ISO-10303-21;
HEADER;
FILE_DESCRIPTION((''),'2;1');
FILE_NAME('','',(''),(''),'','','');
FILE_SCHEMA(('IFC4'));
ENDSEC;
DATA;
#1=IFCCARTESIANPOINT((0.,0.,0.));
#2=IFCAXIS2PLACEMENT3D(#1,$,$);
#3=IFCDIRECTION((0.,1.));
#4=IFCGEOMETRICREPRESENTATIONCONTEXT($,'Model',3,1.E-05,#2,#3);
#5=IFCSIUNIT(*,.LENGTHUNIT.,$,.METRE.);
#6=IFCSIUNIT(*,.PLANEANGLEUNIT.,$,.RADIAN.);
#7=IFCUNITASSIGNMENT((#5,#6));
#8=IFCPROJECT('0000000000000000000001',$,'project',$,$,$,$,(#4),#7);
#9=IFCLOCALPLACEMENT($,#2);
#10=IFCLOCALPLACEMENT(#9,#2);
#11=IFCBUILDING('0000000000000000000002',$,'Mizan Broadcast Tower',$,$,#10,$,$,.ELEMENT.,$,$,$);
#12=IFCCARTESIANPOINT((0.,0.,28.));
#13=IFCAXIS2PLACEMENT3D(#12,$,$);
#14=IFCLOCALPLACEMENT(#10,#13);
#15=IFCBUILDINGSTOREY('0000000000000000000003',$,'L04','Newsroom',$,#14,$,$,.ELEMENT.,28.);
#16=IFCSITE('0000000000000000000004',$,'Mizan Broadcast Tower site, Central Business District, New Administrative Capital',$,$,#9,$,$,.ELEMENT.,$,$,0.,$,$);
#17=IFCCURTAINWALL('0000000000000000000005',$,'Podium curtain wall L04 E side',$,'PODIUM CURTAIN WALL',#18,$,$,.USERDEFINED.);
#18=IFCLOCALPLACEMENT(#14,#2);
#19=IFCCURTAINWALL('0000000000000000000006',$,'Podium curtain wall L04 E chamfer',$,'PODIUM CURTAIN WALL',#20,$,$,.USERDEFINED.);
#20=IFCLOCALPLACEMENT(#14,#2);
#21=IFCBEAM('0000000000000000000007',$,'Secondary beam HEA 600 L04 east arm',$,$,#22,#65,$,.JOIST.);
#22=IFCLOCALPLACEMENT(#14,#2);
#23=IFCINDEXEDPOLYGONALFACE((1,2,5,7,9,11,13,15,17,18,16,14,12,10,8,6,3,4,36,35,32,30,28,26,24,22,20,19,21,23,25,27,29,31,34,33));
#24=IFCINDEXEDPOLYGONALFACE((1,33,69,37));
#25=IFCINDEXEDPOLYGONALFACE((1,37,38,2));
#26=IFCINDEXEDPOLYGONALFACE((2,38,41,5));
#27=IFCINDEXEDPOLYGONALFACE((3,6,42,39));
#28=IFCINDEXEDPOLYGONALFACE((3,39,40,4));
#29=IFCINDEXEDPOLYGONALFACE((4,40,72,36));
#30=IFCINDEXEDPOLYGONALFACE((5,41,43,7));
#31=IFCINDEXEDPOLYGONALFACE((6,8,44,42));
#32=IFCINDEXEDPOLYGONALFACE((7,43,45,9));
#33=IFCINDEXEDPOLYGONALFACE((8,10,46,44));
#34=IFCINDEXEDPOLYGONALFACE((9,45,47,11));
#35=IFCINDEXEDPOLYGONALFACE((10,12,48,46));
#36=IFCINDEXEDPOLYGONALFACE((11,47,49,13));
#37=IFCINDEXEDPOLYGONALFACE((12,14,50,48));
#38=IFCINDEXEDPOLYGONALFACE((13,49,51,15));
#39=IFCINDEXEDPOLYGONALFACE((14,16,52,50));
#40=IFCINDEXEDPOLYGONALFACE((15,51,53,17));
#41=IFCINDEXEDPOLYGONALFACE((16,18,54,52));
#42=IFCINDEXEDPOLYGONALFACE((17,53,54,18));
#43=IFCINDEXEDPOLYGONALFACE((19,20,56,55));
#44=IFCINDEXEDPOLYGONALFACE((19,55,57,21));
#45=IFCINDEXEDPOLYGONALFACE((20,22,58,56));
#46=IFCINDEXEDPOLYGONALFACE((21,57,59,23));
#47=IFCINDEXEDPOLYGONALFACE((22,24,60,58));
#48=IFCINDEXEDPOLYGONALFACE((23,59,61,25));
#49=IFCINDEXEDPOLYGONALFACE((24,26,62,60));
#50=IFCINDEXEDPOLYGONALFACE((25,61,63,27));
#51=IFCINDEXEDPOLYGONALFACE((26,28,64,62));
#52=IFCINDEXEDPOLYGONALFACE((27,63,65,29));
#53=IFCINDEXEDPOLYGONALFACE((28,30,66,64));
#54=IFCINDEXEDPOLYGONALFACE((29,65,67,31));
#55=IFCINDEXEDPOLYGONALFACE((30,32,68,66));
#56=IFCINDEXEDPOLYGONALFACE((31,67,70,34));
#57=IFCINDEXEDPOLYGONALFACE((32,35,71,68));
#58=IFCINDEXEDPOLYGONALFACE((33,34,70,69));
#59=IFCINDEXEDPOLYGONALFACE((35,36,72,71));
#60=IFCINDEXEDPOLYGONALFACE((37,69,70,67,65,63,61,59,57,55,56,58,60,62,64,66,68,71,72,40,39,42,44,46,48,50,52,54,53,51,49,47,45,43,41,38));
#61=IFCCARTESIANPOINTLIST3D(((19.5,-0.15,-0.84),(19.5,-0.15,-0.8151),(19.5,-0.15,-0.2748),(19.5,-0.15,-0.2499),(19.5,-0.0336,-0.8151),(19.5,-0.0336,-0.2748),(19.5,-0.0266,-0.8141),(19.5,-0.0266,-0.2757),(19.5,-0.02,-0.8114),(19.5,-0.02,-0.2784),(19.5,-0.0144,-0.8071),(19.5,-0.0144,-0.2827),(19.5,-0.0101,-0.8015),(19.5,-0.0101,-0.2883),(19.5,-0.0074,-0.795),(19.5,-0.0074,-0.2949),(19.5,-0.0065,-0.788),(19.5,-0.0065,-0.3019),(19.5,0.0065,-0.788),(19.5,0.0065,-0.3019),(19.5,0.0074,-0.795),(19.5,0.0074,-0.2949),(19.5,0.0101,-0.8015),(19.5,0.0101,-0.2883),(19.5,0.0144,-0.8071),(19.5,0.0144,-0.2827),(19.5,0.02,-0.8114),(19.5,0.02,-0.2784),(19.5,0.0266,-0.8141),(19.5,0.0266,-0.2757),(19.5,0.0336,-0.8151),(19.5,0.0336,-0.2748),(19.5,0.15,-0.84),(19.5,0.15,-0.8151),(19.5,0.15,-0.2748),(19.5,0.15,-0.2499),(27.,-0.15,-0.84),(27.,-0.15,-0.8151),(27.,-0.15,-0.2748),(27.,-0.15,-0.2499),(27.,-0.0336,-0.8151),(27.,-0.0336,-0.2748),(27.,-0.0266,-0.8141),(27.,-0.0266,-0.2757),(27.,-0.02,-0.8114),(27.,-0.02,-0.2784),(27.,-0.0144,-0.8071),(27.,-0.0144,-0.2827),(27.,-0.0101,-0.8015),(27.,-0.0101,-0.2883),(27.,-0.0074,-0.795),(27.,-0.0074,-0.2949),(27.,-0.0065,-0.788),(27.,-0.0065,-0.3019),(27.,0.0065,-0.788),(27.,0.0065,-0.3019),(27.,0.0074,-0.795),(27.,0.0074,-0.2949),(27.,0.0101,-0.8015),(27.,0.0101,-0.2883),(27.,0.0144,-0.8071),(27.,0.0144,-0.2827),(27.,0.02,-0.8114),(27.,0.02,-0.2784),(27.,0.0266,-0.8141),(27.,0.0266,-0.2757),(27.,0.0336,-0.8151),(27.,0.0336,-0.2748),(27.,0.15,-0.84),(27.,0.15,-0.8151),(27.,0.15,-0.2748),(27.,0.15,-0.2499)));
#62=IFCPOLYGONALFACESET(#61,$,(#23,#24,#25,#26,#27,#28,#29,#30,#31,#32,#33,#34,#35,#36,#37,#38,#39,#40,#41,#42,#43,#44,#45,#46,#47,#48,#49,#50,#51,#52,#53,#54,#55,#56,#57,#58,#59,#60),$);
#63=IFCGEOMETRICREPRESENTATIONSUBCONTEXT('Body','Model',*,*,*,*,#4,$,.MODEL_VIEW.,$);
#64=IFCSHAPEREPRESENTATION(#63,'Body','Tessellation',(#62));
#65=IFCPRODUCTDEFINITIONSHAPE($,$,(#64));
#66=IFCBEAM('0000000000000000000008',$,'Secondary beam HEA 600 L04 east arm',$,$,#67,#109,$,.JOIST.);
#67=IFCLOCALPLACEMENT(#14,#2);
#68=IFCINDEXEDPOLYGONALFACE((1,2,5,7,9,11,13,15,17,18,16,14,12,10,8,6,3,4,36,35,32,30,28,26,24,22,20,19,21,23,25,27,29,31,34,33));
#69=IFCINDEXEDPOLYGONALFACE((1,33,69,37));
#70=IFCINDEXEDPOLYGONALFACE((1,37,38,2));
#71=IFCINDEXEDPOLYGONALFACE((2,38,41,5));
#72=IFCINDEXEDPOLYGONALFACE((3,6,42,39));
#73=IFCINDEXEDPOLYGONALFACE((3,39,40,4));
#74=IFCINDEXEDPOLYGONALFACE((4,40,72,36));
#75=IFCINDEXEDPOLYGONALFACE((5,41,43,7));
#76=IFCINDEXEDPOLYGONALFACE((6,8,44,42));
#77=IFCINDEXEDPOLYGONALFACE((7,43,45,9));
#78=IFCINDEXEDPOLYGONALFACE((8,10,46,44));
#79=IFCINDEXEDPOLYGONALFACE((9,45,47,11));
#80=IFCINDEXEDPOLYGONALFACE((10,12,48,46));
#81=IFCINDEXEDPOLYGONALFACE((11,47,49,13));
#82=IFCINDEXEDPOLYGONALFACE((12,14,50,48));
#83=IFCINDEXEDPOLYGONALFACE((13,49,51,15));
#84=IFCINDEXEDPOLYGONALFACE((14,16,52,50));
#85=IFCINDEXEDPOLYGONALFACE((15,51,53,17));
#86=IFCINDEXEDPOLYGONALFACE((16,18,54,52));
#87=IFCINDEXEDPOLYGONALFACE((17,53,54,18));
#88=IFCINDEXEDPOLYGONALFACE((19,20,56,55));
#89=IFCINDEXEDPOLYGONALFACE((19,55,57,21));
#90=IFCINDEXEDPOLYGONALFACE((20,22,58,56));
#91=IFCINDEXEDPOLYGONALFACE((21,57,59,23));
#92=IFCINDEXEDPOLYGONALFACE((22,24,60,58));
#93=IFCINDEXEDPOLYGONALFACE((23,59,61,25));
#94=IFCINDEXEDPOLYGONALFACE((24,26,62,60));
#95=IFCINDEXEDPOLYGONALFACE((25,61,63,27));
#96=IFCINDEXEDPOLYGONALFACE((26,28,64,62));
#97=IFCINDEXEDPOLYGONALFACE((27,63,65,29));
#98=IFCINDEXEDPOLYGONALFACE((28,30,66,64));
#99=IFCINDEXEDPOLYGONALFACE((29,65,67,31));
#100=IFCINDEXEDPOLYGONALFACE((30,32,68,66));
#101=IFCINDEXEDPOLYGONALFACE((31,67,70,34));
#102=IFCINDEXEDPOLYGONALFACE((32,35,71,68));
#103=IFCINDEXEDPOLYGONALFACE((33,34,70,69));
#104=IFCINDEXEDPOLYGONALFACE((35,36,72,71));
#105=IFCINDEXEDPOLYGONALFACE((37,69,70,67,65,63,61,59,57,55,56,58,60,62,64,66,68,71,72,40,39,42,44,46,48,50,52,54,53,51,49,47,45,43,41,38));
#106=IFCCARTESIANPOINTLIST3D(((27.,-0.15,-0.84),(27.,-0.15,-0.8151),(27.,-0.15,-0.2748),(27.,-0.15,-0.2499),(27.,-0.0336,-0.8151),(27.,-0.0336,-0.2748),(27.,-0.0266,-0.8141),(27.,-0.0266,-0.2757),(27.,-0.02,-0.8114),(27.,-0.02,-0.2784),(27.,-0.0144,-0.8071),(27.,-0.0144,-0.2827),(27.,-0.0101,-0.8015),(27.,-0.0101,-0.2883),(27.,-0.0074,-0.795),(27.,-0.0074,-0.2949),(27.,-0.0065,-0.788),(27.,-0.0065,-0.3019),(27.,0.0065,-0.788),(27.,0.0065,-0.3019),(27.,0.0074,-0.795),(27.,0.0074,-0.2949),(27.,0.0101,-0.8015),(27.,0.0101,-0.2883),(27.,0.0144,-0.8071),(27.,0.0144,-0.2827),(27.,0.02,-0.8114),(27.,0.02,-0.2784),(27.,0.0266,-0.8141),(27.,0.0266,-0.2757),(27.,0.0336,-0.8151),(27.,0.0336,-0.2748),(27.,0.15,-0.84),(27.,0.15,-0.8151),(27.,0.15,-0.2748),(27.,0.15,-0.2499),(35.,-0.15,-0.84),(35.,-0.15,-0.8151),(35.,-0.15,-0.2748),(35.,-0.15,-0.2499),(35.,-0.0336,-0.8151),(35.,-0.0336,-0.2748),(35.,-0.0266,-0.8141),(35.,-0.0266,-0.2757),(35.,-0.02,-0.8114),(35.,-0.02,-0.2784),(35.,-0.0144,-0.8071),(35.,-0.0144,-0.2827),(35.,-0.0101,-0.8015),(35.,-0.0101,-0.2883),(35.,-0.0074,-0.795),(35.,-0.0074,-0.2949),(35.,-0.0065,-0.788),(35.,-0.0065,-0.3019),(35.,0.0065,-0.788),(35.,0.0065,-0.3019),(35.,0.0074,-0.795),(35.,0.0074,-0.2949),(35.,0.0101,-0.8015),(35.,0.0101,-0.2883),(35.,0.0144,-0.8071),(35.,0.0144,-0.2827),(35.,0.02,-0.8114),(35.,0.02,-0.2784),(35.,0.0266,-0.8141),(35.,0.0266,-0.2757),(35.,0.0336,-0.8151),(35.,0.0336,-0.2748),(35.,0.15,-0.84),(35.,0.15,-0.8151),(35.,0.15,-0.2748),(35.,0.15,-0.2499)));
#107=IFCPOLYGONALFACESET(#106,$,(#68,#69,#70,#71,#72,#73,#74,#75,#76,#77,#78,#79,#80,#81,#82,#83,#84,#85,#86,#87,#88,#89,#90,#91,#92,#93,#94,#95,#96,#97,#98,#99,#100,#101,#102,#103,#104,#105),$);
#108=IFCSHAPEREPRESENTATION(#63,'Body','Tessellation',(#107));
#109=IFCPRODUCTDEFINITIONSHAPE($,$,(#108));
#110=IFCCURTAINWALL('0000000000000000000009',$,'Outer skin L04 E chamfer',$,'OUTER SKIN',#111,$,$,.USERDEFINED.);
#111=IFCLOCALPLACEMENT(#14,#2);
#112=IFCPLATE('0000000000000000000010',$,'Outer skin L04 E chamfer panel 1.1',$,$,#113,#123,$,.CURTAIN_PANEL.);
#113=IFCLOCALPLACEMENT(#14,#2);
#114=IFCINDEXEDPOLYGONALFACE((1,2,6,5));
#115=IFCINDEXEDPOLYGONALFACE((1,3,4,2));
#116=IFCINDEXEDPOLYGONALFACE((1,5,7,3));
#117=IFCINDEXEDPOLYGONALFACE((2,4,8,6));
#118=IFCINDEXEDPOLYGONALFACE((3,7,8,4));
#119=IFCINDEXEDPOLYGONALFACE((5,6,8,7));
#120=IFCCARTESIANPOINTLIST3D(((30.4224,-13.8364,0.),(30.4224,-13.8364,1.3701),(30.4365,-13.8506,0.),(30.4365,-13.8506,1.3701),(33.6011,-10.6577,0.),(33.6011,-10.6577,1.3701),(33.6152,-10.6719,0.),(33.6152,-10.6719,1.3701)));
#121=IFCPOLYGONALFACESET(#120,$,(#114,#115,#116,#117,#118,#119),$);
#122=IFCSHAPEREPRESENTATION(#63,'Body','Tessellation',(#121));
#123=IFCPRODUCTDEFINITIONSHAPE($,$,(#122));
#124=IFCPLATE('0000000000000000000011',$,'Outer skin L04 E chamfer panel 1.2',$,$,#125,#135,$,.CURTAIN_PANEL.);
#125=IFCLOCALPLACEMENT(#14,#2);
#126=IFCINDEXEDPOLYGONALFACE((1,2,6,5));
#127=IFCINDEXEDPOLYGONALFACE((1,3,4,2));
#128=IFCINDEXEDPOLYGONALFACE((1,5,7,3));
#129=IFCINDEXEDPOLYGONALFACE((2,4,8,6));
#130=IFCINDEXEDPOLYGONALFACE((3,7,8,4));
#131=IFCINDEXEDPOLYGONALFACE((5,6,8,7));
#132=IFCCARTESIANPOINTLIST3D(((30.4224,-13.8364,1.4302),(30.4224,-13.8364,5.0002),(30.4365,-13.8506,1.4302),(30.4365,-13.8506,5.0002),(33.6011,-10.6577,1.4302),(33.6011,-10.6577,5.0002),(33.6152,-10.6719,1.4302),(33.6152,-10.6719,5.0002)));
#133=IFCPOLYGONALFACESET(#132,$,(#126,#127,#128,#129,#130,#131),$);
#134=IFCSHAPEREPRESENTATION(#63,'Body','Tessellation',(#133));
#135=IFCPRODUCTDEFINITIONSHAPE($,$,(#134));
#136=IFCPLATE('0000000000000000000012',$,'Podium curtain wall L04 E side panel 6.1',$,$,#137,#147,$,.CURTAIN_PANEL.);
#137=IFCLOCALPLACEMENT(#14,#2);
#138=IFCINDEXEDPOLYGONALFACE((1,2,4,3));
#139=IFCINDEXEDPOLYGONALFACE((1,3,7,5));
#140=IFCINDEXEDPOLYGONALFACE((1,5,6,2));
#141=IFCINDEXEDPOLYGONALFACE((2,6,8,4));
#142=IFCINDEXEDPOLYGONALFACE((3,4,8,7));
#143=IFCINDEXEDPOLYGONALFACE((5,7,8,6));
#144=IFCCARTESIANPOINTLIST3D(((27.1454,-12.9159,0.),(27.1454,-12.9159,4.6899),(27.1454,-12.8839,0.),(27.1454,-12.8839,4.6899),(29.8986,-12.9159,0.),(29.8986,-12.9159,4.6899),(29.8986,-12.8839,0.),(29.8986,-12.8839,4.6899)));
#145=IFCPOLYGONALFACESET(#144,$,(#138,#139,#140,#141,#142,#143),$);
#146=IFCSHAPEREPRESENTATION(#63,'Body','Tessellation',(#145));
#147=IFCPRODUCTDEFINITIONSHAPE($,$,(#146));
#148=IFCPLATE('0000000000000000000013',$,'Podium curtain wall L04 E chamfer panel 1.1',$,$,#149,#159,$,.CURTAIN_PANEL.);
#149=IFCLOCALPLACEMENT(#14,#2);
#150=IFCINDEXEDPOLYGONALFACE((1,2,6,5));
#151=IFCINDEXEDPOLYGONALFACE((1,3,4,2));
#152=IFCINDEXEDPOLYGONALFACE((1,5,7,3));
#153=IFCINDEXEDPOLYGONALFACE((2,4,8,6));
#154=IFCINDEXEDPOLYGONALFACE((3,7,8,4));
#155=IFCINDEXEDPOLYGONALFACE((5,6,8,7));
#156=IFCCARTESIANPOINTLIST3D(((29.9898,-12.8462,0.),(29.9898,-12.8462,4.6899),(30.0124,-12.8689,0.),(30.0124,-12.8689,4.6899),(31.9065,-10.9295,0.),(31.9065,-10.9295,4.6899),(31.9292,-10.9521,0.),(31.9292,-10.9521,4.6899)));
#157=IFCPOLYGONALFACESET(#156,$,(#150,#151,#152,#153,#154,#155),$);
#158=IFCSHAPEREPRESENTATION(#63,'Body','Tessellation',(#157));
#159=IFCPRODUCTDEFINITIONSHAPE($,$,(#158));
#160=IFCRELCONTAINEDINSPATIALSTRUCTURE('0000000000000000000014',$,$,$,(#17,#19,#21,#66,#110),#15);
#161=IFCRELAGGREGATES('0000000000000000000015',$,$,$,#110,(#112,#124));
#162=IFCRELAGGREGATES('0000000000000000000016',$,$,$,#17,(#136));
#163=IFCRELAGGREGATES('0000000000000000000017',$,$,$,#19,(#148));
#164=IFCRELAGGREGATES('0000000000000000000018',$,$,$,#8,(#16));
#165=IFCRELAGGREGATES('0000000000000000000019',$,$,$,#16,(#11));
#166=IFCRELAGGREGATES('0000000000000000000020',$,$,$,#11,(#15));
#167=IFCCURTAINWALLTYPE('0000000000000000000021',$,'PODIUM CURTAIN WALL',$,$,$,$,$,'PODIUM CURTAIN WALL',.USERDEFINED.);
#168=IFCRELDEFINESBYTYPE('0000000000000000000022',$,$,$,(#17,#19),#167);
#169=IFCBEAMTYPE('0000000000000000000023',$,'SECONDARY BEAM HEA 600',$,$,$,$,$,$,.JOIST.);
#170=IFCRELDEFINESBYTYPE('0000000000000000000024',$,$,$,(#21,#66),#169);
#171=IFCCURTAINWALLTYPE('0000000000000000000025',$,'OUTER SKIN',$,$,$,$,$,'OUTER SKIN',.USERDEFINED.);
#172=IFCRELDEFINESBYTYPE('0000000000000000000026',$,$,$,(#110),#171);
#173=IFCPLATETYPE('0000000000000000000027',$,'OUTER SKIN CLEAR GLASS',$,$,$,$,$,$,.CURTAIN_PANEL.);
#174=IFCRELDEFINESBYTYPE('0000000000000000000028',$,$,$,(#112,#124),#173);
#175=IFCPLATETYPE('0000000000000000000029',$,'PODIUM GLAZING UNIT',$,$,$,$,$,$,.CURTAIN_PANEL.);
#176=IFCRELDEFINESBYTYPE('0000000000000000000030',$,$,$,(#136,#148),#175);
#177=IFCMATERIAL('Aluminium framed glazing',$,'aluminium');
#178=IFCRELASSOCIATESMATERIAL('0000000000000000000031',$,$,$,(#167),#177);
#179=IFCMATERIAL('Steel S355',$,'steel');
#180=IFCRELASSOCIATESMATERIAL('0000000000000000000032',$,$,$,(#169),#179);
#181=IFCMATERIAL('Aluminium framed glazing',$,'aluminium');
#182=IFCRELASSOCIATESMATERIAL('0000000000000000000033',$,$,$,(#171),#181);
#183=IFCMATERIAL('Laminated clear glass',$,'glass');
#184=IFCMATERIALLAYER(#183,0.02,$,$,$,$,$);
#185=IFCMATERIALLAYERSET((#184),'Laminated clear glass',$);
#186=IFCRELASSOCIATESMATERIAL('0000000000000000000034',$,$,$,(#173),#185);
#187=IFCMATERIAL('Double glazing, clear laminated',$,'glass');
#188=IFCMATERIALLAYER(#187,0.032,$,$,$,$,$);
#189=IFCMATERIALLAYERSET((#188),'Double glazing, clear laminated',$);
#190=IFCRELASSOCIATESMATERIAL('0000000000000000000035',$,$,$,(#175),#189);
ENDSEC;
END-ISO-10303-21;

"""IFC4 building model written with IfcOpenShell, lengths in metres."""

from ifc_helpers import new_model, si_unit, direction, frame, origin, origin_2d, place, context, subcontext, project, spatial, rectangle, i_section, extrude, material, layer, layer_set, material_profile, profile_set, type_object, element, aggregate, save


model = new_model("IFC4")

# Units and contexts
model_context = context("Model", 3, precision=1e-05, world=origin(), true_north=direction((0.0, 1.0)))
body_context = subcontext(model_context, "Body", "Model", "MODEL_VIEW")
ifc_project = project(units=[si_unit("LENGTHUNIT", "METRE"), si_unit("PLANEANGLEUNIT", "RADIAN")], contexts=[model_context])

# Site, building, storey
site_placement = place(None, origin())
site = spatial("IfcSite", under=ifc_project, at=site_placement, Name="Mizan Broadcast Tower site, Central Business District, New Administrative Capital", CompositionType="ELEMENT", RefElevation=0.0)
building_placement = place(site_placement, origin())
building = spatial("IfcBuilding", under=site, at=building_placement, Name="Mizan Broadcast Tower", CompositionType="ELEMENT")
storey_placement = place(building_placement, frame((0.0, 0.0, 28.0)))
storey = spatial("IfcBuildingStorey", under=building, at=storey_placement, Name="L04", Description="Newsroom", CompositionType="ELEMENT", Elevation=28.0)

# Curtain wall
ifc_material_1 = material(Name="Aluminium framed glazing", Category="aluminium")
curtain_wall_type_1 = type_object("IfcCurtainWallType", Name="PODIUM CURTAIN WALL", ElementType="PODIUM CURTAIN WALL", PredefinedType="USERDEFINED", material=ifc_material_1)
curtain_wall_1_placement = place(storey_placement, origin())
curtain_wall_1 = element("IfcCurtainWall", 1, at=curtain_wall_1_placement, inside=storey, type_object=curtain_wall_type_1, Name="Podium curtain wall L04 E side", ObjectType="PODIUM CURTAIN WALL", PredefinedType="USERDEFINED")

# Curtain wall
curtain_wall_2_placement = place(storey_placement, origin())
curtain_wall_2 = element("IfcCurtainWall", 2, at=curtain_wall_2_placement, inside=storey, type_object=curtain_wall_type_1, Name="Podium curtain wall L04 E chamfer", ObjectType="PODIUM CURTAIN WALL", PredefinedType="USERDEFINED")

# Beams
ifc_material_2 = material(Name="Steel S355", Category="steel")
ifc_material_profile_1 = material_profile(ifc_material_2, i_section(OverallWidth=0.3, OverallDepth=0.5901, WebThickness=0.0129, FlangeThickness=0.0249, FilletRadius=0.0271, at=origin_2d()), Name="HEA 600")
ifc_profile_set_1 = profile_set([ifc_material_profile_1], Name="Steel S355")
beam_type_1 = type_object("IfcBeamType", Name="SECONDARY BEAM HEA 600", PredefinedType="JOIST", material=ifc_profile_set_1)
beam_1_placement = place(storey_placement, frame((19.5, 0.0, -0.5449), z_axis=(1.0, 0.0, 0.0), x_axis=(0.0, 1.0, 0.0)))
element("IfcBeam", 3, at=beam_1_placement, inside=storey, type_object=beam_type_1, Name="Secondary beam HEA 600 L04 east arm", PredefinedType="JOIST", context=body_context, shape_type="SweptSolid", body=[
    extrude(i_section(OverallWidth=0.3, OverallDepth=0.5901, WebThickness=0.0129, FlangeThickness=0.0249, FilletRadius=0.0271, at=origin_2d()), origin(), (0.0, 0.0, 1.0), 7.5),
])
beam_2_placement = place(storey_placement, frame((27.0, 0.0, -0.5449), z_axis=(1.0, 0.0, 0.0), x_axis=(0.0, 1.0, 0.0)))
element("IfcBeam", 4, at=beam_2_placement, inside=storey, type_object=beam_type_1, Name="Secondary beam HEA 600 L04 east arm", PredefinedType="JOIST", context=body_context, shape_type="SweptSolid", body=[
    extrude(i_section(OverallWidth=0.3, OverallDepth=0.5901, WebThickness=0.0129, FlangeThickness=0.0249, FilletRadius=0.0271, at=origin_2d()), origin(), (0.0, 0.0, 1.0), 8.0),
])

# Curtain wall, plates
ifc_material_3 = material(Name="Aluminium framed glazing", Category="aluminium")
curtain_wall_type_2 = type_object("IfcCurtainWallType", Name="OUTER SKIN", ElementType="OUTER SKIN", PredefinedType="USERDEFINED", material=ifc_material_3)
curtain_wall_3_placement = place(storey_placement, origin())
curtain_wall_3 = element("IfcCurtainWall", 5, at=curtain_wall_3_placement, inside=storey, type_object=curtain_wall_type_2, Name="Outer skin L04 E chamfer", ObjectType="OUTER SKIN", PredefinedType="USERDEFINED")
ifc_material_4 = material(Name="Laminated clear glass", Category="glass")
ifc_layer_1 = layer(ifc_material_4, 0.02)
ifc_layer_set_1 = layer_set([ifc_layer_1], Name="Laminated clear glass")
plate_type_1 = type_object("IfcPlateType", Name="OUTER SKIN CLEAR GLASS", PredefinedType="CURTAIN_PANEL", material=ifc_layer_set_1)
plate_1_placement = place(storey_placement, frame((32.0188, -12.2542, 0.0), z_axis=(0.0, 0.0, 1.0), x_axis=(0.707107, 0.707107, 0.0)))
plate_1 = element("IfcPlate", 6, at=plate_1_placement, type_object=plate_type_1, Name="Outer skin L04 E chamfer panel 1.1", PredefinedType="CURTAIN_PANEL", context=body_context, shape_type="SweptSolid", body=[
    extrude(rectangle(XDim=4.4954, YDim=0.02, at=origin_2d()), origin(), (0.0, 0.0, 1.0), 1.3701),
])
plate_2_placement = place(storey_placement, frame((32.0188, -12.2542, 1.4302), z_axis=(0.0, 0.0, 1.0), x_axis=(0.707107, 0.707107, 0.0)))
plate_2 = element("IfcPlate", 7, at=plate_2_placement, type_object=plate_type_1, Name="Outer skin L04 E chamfer panel 1.2", PredefinedType="CURTAIN_PANEL", context=body_context, shape_type="SweptSolid", body=[
    extrude(rectangle(XDim=4.4954, YDim=0.02, at=origin_2d()), origin(), (0.0, 0.0, 1.0), 3.5701),
])
aggregate(curtain_wall_3, [plate_1, plate_2])

# Plates
ifc_material_5 = material(Name="Double glazing, clear laminated", Category="glass")
ifc_layer_2 = layer(ifc_material_5, 0.032)
ifc_layer_set_2 = layer_set([ifc_layer_2], Name="Double glazing, clear laminated")
plate_type_2 = type_object("IfcPlateType", Name="PODIUM GLAZING UNIT", PredefinedType="CURTAIN_PANEL", material=ifc_layer_set_2)
plate_3_placement = place(storey_placement, frame((28.522, -12.8999, 0.0), z_axis=(0.0, 0.0, 1.0), x_axis=(1.0, 0.0, 0.0)))
plate_3 = element("IfcPlate", 8, at=plate_3_placement, type_object=plate_type_2, Name="Podium curtain wall L04 E side panel 6.1", PredefinedType="CURTAIN_PANEL", context=body_context, shape_type="SweptSolid", body=[
    extrude(rectangle(XDim=2.7532, YDim=0.032, at=origin_2d()), origin(), (0.0, 0.0, 1.0), 4.6899),
])
aggregate(curtain_wall_1, [plate_3])
plate_4_placement = place(storey_placement, frame((30.9595, -11.8992, 0.0), z_axis=(0.0, 0.0, 1.0), x_axis=(0.707107, 0.707107, 0.0)))
plate_4 = element("IfcPlate", 9, at=plate_4_placement, type_object=plate_type_2, Name="Podium curtain wall L04 E chamfer panel 1.1", PredefinedType="CURTAIN_PANEL", context=body_context, shape_type="SweptSolid", body=[
    extrude(rectangle(XDim=2.7107, YDim=0.032, at=origin_2d()), origin(), (0.0, 0.0, 1.0), 4.6899),
])
aggregate(curtain_wall_2, [plate_4])

save(model, "model.ifc")
